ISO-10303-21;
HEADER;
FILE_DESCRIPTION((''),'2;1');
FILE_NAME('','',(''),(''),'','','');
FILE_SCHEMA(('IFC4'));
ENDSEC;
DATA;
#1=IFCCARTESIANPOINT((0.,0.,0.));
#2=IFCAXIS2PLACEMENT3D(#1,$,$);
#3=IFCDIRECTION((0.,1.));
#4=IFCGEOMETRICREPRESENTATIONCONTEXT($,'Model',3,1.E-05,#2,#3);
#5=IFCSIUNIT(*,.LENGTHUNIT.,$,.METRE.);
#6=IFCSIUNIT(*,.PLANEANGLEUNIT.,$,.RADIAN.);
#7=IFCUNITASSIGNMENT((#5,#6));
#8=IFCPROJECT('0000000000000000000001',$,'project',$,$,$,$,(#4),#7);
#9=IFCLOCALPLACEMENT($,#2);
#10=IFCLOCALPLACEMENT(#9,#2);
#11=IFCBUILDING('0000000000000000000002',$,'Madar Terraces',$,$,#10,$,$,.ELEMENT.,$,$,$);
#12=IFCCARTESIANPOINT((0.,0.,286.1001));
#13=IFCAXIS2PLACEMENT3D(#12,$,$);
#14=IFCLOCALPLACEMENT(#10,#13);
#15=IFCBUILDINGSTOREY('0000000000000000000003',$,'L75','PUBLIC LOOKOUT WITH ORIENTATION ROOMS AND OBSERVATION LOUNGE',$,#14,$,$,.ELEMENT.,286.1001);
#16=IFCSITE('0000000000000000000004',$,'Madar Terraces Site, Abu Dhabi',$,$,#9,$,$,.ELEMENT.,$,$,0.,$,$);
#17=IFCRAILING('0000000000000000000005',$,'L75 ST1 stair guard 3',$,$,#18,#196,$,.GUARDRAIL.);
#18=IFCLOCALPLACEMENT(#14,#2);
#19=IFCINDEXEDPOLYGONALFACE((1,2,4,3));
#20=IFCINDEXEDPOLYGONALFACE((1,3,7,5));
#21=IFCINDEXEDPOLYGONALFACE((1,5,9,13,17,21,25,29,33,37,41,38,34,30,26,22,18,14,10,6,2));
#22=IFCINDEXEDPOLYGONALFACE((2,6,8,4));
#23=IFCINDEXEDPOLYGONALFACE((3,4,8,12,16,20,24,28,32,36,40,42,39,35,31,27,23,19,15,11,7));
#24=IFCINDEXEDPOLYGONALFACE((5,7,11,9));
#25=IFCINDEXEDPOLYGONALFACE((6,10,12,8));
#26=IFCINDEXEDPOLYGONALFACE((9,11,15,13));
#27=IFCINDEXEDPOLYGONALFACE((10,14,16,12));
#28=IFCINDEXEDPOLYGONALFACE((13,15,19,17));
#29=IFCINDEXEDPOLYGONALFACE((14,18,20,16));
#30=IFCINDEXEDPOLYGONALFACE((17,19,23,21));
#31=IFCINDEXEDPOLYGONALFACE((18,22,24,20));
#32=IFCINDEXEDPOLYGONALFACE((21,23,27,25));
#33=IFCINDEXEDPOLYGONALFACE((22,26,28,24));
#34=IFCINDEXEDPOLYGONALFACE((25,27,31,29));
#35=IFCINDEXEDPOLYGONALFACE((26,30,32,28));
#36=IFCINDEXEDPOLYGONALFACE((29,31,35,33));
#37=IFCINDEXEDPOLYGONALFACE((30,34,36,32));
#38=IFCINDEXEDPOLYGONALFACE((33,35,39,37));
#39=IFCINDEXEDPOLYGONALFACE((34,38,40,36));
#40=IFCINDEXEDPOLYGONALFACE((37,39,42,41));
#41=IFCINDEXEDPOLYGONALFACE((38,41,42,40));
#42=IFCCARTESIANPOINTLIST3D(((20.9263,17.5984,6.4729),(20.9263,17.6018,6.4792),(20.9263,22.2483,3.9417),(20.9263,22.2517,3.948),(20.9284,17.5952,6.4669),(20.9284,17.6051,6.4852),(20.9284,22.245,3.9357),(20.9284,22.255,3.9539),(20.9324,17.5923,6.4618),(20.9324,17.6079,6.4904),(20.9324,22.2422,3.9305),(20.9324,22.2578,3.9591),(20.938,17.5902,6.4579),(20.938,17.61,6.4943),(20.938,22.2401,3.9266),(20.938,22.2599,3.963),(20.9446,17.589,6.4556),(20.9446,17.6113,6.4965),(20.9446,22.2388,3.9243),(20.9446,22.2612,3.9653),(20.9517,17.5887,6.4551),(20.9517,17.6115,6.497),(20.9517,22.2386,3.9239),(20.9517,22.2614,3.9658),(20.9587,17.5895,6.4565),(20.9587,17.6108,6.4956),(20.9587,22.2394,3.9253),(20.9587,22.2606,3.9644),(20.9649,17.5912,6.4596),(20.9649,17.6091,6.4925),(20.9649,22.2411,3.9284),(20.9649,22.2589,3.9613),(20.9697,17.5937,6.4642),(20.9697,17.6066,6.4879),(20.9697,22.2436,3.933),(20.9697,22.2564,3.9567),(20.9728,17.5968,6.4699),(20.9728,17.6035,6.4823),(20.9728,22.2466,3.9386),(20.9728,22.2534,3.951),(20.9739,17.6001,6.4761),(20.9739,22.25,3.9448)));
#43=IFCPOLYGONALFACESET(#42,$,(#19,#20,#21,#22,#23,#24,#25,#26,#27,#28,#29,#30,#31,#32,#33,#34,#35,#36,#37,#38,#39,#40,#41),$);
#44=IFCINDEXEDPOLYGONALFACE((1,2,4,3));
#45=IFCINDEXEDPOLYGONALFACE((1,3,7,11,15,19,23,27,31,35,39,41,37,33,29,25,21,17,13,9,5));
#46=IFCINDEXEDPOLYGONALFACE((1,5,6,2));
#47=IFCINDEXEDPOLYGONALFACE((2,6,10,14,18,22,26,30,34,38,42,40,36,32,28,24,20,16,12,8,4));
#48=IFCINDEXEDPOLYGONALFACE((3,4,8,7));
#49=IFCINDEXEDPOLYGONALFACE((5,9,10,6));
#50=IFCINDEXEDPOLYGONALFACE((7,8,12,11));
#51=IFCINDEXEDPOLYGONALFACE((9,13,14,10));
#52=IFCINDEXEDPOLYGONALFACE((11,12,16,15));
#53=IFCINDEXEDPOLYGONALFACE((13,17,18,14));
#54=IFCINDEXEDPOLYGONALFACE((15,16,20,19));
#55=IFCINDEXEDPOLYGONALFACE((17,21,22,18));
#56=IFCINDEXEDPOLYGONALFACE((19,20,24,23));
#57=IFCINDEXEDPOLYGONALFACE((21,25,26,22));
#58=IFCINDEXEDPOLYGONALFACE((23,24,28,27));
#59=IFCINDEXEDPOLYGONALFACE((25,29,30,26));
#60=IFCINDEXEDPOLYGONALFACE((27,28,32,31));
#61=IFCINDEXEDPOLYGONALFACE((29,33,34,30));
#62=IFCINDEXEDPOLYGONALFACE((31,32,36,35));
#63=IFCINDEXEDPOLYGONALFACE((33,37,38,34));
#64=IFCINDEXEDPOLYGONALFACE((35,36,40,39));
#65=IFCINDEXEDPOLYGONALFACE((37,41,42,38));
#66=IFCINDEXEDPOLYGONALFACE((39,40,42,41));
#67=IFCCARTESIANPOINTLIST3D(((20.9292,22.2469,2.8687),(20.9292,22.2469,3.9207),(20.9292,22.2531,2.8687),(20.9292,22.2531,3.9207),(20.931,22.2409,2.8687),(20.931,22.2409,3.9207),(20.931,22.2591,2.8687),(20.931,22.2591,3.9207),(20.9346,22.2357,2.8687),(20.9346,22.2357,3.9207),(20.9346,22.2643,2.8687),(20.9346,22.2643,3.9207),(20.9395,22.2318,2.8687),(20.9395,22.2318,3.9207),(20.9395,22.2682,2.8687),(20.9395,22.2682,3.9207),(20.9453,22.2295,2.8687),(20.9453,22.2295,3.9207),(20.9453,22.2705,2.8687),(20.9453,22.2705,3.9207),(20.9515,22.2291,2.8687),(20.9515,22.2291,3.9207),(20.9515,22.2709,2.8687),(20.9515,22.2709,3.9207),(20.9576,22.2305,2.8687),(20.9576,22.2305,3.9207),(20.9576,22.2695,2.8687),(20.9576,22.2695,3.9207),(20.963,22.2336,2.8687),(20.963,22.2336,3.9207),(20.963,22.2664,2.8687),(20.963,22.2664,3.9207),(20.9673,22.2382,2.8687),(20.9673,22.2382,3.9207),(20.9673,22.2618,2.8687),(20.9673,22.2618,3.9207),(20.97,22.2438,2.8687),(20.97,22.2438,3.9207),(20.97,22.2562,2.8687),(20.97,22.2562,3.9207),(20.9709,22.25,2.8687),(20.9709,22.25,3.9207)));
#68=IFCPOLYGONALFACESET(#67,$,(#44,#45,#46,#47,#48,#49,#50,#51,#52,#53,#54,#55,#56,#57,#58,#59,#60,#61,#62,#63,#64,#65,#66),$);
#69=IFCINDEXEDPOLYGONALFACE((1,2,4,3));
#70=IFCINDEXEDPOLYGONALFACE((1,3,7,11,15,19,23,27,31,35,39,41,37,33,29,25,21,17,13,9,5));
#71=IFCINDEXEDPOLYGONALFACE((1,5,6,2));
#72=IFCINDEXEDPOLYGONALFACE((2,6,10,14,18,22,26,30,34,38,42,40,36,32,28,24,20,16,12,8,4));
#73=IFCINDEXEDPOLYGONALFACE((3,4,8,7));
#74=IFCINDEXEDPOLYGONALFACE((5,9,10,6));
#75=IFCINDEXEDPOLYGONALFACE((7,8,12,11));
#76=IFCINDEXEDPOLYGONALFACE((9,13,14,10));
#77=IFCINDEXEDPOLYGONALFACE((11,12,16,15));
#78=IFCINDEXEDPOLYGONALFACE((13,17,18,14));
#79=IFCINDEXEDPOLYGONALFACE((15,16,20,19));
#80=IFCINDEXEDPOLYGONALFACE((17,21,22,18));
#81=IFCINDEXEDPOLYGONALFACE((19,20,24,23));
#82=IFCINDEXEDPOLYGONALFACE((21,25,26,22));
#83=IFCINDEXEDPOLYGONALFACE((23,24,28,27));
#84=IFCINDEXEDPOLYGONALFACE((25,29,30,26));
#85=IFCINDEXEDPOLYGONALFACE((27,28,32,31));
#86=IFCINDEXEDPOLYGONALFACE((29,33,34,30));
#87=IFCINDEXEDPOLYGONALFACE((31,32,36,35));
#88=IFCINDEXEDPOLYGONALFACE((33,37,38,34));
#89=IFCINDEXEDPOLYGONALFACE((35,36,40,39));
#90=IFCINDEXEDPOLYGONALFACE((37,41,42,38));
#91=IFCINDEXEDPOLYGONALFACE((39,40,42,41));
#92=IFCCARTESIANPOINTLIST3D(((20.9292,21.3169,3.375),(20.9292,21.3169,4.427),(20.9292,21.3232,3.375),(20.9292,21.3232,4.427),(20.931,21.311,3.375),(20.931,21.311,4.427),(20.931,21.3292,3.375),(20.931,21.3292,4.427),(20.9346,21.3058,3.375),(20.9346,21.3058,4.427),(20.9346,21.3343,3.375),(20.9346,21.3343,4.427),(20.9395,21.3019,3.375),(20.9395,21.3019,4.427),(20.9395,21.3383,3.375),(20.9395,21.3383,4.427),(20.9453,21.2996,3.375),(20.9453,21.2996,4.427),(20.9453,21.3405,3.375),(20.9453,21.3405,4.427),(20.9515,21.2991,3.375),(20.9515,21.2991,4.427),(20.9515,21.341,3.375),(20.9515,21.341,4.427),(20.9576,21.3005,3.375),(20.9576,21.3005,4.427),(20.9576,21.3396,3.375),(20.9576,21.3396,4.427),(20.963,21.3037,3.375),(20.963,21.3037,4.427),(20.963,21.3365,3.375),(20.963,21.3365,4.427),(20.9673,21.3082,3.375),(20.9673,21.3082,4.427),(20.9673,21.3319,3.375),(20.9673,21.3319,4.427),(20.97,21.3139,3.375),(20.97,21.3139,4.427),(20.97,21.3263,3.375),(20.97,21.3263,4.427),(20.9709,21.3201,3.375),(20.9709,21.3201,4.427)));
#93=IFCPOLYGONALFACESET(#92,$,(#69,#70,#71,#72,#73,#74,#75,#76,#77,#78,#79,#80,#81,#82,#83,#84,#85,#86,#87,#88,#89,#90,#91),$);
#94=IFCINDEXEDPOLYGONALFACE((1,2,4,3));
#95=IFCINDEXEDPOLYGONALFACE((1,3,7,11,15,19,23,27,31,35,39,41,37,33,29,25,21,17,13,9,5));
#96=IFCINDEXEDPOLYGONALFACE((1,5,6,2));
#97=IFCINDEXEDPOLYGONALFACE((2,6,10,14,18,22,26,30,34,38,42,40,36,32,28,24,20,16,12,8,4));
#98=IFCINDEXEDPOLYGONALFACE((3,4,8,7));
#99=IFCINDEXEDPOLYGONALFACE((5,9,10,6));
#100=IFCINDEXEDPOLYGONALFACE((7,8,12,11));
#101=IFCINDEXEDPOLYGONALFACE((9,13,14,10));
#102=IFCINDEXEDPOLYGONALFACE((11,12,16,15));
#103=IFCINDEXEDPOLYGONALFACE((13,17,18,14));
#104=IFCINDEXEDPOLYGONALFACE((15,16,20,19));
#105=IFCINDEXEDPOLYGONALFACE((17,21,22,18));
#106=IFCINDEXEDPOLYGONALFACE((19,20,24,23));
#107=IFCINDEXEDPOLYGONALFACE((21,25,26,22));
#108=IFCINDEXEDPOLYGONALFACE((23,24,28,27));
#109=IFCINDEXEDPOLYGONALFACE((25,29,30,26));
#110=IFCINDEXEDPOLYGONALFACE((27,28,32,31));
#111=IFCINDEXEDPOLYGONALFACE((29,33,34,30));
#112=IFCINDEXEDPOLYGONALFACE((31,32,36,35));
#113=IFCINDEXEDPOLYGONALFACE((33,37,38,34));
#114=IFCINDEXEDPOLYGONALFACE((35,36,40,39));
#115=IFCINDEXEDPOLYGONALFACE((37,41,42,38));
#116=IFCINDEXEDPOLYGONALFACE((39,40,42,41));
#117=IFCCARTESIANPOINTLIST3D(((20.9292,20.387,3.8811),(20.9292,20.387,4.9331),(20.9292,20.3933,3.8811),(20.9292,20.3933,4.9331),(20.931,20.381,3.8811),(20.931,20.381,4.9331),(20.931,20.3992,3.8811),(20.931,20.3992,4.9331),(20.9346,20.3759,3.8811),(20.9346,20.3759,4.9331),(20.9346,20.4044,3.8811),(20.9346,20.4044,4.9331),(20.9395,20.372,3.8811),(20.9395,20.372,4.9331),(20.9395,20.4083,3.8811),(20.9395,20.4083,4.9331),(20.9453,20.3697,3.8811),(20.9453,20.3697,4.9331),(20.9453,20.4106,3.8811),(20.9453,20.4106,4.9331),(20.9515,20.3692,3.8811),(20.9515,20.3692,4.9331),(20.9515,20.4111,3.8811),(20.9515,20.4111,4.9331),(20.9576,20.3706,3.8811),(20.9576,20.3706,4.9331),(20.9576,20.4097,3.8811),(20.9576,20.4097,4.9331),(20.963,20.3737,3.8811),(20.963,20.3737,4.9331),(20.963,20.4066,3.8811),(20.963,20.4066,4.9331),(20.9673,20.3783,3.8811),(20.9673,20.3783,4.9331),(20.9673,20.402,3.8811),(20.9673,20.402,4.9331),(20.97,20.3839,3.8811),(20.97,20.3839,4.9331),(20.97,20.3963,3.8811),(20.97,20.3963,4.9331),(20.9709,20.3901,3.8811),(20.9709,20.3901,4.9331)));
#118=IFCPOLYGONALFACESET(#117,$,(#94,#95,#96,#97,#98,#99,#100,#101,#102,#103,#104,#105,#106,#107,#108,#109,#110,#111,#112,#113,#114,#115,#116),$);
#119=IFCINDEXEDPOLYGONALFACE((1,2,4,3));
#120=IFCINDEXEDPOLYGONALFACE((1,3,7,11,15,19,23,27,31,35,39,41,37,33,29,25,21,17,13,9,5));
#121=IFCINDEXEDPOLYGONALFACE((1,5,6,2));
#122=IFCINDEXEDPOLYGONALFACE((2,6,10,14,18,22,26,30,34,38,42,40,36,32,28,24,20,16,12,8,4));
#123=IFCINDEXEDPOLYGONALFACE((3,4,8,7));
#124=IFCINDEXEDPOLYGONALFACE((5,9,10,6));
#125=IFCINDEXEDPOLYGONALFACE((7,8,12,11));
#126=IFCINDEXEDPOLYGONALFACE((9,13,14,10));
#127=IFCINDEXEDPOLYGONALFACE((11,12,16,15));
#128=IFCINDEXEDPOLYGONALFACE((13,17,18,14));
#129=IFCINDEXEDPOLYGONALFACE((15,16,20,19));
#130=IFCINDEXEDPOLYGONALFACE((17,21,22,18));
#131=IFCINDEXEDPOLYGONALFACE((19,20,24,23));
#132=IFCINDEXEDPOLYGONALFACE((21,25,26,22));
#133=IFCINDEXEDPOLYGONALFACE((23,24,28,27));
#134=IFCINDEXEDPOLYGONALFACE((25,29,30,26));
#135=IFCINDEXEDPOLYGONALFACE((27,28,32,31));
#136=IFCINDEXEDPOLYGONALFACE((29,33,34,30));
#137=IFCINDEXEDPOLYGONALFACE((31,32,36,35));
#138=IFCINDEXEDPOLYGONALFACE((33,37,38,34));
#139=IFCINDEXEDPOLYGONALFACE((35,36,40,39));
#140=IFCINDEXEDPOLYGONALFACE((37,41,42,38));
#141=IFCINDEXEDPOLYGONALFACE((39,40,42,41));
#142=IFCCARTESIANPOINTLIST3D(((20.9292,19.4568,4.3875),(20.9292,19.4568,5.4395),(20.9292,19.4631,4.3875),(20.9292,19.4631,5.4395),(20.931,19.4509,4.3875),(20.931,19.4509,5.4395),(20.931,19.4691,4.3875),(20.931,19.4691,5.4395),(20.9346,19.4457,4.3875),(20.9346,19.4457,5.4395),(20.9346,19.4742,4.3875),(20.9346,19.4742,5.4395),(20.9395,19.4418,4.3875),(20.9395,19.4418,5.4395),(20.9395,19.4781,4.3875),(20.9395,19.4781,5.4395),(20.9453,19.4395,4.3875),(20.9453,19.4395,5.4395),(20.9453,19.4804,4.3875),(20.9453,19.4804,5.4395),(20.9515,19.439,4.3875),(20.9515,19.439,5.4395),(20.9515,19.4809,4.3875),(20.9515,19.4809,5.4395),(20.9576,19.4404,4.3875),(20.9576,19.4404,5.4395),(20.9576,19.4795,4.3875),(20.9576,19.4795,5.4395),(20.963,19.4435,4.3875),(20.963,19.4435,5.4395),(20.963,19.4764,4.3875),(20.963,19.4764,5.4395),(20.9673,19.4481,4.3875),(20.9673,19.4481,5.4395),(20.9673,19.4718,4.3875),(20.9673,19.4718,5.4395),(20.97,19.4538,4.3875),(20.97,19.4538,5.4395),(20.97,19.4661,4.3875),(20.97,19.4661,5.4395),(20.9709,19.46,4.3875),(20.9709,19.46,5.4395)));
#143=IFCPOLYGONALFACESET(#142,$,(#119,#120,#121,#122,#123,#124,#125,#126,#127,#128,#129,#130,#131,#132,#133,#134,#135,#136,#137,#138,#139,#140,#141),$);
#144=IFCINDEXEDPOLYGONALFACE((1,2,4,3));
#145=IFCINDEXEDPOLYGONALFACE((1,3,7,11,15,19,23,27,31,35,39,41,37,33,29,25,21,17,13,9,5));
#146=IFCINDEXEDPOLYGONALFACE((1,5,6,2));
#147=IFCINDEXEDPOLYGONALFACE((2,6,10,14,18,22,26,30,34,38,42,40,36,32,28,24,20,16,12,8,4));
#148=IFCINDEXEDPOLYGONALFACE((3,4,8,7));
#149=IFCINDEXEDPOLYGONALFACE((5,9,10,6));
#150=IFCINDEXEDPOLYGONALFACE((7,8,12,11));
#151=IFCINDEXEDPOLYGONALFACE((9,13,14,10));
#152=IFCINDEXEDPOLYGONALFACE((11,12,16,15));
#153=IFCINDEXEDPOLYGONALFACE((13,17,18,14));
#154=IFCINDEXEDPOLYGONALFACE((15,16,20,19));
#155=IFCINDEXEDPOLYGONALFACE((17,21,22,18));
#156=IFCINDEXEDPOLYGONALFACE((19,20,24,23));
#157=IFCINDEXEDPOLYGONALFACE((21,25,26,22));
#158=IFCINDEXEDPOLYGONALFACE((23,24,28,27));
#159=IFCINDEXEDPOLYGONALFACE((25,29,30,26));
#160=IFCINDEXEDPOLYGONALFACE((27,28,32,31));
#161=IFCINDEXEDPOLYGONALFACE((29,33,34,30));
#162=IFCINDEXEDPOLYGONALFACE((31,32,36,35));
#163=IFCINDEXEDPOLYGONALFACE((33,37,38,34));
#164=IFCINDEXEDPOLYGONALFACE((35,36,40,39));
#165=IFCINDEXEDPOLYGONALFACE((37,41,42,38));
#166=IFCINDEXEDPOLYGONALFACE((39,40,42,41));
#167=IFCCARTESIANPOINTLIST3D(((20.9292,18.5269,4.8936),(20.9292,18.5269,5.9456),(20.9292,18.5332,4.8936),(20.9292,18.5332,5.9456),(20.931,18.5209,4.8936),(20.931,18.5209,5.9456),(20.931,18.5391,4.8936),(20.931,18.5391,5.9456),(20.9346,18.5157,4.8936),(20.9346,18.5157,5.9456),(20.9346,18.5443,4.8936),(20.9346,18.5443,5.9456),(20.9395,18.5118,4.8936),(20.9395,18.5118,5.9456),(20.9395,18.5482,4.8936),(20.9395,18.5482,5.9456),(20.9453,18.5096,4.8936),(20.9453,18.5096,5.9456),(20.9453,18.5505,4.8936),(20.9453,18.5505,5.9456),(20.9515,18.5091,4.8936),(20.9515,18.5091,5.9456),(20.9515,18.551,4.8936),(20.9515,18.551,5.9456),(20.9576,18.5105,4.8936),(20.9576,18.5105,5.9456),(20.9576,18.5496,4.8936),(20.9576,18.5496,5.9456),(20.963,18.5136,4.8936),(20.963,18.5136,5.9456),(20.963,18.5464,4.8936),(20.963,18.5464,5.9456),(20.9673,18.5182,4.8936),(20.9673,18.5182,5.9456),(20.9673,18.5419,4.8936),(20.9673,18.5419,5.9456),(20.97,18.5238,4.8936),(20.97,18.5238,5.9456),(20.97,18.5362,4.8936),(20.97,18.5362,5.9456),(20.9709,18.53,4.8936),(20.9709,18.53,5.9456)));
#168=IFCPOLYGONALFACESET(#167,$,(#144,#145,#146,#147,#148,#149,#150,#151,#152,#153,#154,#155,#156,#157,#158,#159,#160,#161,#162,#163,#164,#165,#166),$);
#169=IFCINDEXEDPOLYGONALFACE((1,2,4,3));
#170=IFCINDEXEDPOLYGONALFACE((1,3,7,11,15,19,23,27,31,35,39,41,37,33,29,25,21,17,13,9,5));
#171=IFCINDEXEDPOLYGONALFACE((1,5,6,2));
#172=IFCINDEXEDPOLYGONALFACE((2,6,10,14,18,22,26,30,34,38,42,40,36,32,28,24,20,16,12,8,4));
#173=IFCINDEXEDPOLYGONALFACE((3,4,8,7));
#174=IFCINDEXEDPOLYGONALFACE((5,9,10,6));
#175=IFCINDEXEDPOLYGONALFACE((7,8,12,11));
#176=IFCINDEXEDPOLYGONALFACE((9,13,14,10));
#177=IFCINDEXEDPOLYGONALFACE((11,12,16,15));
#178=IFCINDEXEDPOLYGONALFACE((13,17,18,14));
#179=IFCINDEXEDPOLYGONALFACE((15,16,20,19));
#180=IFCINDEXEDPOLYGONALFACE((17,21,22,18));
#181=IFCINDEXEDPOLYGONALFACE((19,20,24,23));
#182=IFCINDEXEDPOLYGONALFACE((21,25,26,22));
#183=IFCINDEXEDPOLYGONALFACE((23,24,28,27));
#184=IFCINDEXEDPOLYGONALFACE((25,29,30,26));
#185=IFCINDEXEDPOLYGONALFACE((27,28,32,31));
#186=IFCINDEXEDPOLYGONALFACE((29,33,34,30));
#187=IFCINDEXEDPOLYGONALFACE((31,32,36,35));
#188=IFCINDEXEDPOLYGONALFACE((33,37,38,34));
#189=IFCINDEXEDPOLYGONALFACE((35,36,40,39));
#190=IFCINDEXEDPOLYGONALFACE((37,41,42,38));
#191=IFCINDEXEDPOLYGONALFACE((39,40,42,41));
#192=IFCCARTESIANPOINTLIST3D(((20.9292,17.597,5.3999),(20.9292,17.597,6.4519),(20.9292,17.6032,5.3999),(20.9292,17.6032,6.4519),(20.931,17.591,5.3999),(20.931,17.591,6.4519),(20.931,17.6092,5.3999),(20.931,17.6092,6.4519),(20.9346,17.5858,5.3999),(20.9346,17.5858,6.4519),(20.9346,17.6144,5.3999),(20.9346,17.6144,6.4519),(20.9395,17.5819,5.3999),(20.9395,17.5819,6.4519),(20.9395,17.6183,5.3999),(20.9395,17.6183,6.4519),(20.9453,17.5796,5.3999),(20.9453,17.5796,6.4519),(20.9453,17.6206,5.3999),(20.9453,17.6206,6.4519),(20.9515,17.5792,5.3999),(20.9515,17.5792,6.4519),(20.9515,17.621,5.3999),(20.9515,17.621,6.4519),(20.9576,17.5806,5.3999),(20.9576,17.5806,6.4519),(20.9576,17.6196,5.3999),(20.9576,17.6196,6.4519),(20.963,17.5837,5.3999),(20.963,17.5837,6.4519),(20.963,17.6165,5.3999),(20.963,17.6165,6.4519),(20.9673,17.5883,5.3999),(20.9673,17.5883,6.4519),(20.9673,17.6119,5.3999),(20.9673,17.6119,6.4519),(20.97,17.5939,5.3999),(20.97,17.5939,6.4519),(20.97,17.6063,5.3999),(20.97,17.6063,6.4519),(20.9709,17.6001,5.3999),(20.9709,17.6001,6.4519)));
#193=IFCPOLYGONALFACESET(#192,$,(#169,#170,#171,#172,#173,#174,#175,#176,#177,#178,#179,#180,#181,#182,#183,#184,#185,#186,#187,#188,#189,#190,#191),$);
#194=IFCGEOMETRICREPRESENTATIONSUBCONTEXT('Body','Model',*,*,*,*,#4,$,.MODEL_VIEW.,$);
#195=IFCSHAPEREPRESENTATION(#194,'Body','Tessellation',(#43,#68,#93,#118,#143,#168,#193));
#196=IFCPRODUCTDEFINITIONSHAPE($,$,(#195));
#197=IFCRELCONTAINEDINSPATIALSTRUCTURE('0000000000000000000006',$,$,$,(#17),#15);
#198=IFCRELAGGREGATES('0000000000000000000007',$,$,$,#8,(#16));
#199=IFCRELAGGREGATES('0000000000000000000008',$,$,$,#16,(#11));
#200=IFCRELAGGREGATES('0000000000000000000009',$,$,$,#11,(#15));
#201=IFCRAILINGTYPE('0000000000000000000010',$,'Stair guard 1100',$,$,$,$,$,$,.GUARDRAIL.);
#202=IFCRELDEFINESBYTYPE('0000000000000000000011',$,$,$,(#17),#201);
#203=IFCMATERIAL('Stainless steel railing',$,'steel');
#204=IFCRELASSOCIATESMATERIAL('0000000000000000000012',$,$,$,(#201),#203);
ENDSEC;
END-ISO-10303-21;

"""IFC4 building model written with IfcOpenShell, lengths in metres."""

from ifc_helpers import new_model, si_unit, direction, frame, origin, origin_2d, place, context, subcontext, project, spatial, circle, extrude, material, type_object, element, save


model = new_model("IFC4")

# Units and contexts
model_context = context("Model", 3, precision=1e-05, world=origin(), true_north=direction((0.0, 1.0)))
body_context = subcontext(model_context, "Body", "Model", "MODEL_VIEW")
ifc_project = project(units=[si_unit("LENGTHUNIT", "METRE"), si_unit("PLANEANGLEUNIT", "RADIAN")], contexts=[model_context])

# Site, building, storey
site_placement = place(None, origin())
site = spatial("IfcSite", under=ifc_project, at=site_placement, Name="Madar Terraces Site, Abu Dhabi", CompositionType="ELEMENT", RefElevation=0.0)
building_placement = place(site_placement, origin())
building = spatial("IfcBuilding", under=site, at=building_placement, Name="Madar Terraces", CompositionType="ELEMENT")
storey_placement = place(building_placement, frame((0.0, 0.0, 286.1001)))
storey = spatial("IfcBuildingStorey", under=building, at=storey_placement, Name="L75", Description="PUBLIC LOOKOUT WITH ORIENTATION ROOMS AND OBSERVATION LOUNGE", CompositionType="ELEMENT", Elevation=286.1001)

# Railing
ifc_material_1 = material(Name="Stainless steel railing", Category="steel")
railing_type_1 = type_object("IfcRailingType", Name="Stair guard 1100", PredefinedType="GUARDRAIL", material=ifc_material_1)
railing_1_placement = place(storey_placement, frame((20.95, 22.25, 2.8687)))
element("IfcRailing", 1, at=railing_1_placement, inside=storey, type_object=railing_type_1, Name="L75 ST1 stair guard 3", PredefinedType="GUARDRAIL", context=body_context, shape_type="SweptSolid", body=[
    extrude(circle(Radius=0.0239, at=origin_2d()), frame((0.0, 0.0, 1.0762), z_axis=(0.0, -0.878297, 0.478115), x_axis=(1.0, 0.0, 0.0)), (0.0, 0.0, 1.0), 5.2942),
    extrude(circle(Radius=0.021, at=origin_2d()), origin(), (0.0, 0.0, 1.0), 1.052),
    extrude(circle(Radius=0.021, at=origin_2d()), frame((0.0, -0.9299, 0.5063)), (0.0, 0.0, 1.0), 1.052),
    extrude(circle(Radius=0.021, at=origin_2d()), frame((0.0, -1.8599, 1.0125)), (0.0, 0.0, 1.0), 1.052),
    extrude(circle(Radius=0.021, at=origin_2d()), frame((0.0, -2.79, 1.5188)), (0.0, 0.0, 1.0), 1.052),
    extrude(circle(Radius=0.021, at=origin_2d()), frame((0.0, -3.72, 2.0249)), (0.0, 0.0, 1.0), 1.052),
    extrude(circle(Radius=0.021, at=origin_2d()), frame((0.0, -4.6499, 2.5312)), (0.0, 0.0, 1.0), 1.052),
])

save(model, "model.ifc")
